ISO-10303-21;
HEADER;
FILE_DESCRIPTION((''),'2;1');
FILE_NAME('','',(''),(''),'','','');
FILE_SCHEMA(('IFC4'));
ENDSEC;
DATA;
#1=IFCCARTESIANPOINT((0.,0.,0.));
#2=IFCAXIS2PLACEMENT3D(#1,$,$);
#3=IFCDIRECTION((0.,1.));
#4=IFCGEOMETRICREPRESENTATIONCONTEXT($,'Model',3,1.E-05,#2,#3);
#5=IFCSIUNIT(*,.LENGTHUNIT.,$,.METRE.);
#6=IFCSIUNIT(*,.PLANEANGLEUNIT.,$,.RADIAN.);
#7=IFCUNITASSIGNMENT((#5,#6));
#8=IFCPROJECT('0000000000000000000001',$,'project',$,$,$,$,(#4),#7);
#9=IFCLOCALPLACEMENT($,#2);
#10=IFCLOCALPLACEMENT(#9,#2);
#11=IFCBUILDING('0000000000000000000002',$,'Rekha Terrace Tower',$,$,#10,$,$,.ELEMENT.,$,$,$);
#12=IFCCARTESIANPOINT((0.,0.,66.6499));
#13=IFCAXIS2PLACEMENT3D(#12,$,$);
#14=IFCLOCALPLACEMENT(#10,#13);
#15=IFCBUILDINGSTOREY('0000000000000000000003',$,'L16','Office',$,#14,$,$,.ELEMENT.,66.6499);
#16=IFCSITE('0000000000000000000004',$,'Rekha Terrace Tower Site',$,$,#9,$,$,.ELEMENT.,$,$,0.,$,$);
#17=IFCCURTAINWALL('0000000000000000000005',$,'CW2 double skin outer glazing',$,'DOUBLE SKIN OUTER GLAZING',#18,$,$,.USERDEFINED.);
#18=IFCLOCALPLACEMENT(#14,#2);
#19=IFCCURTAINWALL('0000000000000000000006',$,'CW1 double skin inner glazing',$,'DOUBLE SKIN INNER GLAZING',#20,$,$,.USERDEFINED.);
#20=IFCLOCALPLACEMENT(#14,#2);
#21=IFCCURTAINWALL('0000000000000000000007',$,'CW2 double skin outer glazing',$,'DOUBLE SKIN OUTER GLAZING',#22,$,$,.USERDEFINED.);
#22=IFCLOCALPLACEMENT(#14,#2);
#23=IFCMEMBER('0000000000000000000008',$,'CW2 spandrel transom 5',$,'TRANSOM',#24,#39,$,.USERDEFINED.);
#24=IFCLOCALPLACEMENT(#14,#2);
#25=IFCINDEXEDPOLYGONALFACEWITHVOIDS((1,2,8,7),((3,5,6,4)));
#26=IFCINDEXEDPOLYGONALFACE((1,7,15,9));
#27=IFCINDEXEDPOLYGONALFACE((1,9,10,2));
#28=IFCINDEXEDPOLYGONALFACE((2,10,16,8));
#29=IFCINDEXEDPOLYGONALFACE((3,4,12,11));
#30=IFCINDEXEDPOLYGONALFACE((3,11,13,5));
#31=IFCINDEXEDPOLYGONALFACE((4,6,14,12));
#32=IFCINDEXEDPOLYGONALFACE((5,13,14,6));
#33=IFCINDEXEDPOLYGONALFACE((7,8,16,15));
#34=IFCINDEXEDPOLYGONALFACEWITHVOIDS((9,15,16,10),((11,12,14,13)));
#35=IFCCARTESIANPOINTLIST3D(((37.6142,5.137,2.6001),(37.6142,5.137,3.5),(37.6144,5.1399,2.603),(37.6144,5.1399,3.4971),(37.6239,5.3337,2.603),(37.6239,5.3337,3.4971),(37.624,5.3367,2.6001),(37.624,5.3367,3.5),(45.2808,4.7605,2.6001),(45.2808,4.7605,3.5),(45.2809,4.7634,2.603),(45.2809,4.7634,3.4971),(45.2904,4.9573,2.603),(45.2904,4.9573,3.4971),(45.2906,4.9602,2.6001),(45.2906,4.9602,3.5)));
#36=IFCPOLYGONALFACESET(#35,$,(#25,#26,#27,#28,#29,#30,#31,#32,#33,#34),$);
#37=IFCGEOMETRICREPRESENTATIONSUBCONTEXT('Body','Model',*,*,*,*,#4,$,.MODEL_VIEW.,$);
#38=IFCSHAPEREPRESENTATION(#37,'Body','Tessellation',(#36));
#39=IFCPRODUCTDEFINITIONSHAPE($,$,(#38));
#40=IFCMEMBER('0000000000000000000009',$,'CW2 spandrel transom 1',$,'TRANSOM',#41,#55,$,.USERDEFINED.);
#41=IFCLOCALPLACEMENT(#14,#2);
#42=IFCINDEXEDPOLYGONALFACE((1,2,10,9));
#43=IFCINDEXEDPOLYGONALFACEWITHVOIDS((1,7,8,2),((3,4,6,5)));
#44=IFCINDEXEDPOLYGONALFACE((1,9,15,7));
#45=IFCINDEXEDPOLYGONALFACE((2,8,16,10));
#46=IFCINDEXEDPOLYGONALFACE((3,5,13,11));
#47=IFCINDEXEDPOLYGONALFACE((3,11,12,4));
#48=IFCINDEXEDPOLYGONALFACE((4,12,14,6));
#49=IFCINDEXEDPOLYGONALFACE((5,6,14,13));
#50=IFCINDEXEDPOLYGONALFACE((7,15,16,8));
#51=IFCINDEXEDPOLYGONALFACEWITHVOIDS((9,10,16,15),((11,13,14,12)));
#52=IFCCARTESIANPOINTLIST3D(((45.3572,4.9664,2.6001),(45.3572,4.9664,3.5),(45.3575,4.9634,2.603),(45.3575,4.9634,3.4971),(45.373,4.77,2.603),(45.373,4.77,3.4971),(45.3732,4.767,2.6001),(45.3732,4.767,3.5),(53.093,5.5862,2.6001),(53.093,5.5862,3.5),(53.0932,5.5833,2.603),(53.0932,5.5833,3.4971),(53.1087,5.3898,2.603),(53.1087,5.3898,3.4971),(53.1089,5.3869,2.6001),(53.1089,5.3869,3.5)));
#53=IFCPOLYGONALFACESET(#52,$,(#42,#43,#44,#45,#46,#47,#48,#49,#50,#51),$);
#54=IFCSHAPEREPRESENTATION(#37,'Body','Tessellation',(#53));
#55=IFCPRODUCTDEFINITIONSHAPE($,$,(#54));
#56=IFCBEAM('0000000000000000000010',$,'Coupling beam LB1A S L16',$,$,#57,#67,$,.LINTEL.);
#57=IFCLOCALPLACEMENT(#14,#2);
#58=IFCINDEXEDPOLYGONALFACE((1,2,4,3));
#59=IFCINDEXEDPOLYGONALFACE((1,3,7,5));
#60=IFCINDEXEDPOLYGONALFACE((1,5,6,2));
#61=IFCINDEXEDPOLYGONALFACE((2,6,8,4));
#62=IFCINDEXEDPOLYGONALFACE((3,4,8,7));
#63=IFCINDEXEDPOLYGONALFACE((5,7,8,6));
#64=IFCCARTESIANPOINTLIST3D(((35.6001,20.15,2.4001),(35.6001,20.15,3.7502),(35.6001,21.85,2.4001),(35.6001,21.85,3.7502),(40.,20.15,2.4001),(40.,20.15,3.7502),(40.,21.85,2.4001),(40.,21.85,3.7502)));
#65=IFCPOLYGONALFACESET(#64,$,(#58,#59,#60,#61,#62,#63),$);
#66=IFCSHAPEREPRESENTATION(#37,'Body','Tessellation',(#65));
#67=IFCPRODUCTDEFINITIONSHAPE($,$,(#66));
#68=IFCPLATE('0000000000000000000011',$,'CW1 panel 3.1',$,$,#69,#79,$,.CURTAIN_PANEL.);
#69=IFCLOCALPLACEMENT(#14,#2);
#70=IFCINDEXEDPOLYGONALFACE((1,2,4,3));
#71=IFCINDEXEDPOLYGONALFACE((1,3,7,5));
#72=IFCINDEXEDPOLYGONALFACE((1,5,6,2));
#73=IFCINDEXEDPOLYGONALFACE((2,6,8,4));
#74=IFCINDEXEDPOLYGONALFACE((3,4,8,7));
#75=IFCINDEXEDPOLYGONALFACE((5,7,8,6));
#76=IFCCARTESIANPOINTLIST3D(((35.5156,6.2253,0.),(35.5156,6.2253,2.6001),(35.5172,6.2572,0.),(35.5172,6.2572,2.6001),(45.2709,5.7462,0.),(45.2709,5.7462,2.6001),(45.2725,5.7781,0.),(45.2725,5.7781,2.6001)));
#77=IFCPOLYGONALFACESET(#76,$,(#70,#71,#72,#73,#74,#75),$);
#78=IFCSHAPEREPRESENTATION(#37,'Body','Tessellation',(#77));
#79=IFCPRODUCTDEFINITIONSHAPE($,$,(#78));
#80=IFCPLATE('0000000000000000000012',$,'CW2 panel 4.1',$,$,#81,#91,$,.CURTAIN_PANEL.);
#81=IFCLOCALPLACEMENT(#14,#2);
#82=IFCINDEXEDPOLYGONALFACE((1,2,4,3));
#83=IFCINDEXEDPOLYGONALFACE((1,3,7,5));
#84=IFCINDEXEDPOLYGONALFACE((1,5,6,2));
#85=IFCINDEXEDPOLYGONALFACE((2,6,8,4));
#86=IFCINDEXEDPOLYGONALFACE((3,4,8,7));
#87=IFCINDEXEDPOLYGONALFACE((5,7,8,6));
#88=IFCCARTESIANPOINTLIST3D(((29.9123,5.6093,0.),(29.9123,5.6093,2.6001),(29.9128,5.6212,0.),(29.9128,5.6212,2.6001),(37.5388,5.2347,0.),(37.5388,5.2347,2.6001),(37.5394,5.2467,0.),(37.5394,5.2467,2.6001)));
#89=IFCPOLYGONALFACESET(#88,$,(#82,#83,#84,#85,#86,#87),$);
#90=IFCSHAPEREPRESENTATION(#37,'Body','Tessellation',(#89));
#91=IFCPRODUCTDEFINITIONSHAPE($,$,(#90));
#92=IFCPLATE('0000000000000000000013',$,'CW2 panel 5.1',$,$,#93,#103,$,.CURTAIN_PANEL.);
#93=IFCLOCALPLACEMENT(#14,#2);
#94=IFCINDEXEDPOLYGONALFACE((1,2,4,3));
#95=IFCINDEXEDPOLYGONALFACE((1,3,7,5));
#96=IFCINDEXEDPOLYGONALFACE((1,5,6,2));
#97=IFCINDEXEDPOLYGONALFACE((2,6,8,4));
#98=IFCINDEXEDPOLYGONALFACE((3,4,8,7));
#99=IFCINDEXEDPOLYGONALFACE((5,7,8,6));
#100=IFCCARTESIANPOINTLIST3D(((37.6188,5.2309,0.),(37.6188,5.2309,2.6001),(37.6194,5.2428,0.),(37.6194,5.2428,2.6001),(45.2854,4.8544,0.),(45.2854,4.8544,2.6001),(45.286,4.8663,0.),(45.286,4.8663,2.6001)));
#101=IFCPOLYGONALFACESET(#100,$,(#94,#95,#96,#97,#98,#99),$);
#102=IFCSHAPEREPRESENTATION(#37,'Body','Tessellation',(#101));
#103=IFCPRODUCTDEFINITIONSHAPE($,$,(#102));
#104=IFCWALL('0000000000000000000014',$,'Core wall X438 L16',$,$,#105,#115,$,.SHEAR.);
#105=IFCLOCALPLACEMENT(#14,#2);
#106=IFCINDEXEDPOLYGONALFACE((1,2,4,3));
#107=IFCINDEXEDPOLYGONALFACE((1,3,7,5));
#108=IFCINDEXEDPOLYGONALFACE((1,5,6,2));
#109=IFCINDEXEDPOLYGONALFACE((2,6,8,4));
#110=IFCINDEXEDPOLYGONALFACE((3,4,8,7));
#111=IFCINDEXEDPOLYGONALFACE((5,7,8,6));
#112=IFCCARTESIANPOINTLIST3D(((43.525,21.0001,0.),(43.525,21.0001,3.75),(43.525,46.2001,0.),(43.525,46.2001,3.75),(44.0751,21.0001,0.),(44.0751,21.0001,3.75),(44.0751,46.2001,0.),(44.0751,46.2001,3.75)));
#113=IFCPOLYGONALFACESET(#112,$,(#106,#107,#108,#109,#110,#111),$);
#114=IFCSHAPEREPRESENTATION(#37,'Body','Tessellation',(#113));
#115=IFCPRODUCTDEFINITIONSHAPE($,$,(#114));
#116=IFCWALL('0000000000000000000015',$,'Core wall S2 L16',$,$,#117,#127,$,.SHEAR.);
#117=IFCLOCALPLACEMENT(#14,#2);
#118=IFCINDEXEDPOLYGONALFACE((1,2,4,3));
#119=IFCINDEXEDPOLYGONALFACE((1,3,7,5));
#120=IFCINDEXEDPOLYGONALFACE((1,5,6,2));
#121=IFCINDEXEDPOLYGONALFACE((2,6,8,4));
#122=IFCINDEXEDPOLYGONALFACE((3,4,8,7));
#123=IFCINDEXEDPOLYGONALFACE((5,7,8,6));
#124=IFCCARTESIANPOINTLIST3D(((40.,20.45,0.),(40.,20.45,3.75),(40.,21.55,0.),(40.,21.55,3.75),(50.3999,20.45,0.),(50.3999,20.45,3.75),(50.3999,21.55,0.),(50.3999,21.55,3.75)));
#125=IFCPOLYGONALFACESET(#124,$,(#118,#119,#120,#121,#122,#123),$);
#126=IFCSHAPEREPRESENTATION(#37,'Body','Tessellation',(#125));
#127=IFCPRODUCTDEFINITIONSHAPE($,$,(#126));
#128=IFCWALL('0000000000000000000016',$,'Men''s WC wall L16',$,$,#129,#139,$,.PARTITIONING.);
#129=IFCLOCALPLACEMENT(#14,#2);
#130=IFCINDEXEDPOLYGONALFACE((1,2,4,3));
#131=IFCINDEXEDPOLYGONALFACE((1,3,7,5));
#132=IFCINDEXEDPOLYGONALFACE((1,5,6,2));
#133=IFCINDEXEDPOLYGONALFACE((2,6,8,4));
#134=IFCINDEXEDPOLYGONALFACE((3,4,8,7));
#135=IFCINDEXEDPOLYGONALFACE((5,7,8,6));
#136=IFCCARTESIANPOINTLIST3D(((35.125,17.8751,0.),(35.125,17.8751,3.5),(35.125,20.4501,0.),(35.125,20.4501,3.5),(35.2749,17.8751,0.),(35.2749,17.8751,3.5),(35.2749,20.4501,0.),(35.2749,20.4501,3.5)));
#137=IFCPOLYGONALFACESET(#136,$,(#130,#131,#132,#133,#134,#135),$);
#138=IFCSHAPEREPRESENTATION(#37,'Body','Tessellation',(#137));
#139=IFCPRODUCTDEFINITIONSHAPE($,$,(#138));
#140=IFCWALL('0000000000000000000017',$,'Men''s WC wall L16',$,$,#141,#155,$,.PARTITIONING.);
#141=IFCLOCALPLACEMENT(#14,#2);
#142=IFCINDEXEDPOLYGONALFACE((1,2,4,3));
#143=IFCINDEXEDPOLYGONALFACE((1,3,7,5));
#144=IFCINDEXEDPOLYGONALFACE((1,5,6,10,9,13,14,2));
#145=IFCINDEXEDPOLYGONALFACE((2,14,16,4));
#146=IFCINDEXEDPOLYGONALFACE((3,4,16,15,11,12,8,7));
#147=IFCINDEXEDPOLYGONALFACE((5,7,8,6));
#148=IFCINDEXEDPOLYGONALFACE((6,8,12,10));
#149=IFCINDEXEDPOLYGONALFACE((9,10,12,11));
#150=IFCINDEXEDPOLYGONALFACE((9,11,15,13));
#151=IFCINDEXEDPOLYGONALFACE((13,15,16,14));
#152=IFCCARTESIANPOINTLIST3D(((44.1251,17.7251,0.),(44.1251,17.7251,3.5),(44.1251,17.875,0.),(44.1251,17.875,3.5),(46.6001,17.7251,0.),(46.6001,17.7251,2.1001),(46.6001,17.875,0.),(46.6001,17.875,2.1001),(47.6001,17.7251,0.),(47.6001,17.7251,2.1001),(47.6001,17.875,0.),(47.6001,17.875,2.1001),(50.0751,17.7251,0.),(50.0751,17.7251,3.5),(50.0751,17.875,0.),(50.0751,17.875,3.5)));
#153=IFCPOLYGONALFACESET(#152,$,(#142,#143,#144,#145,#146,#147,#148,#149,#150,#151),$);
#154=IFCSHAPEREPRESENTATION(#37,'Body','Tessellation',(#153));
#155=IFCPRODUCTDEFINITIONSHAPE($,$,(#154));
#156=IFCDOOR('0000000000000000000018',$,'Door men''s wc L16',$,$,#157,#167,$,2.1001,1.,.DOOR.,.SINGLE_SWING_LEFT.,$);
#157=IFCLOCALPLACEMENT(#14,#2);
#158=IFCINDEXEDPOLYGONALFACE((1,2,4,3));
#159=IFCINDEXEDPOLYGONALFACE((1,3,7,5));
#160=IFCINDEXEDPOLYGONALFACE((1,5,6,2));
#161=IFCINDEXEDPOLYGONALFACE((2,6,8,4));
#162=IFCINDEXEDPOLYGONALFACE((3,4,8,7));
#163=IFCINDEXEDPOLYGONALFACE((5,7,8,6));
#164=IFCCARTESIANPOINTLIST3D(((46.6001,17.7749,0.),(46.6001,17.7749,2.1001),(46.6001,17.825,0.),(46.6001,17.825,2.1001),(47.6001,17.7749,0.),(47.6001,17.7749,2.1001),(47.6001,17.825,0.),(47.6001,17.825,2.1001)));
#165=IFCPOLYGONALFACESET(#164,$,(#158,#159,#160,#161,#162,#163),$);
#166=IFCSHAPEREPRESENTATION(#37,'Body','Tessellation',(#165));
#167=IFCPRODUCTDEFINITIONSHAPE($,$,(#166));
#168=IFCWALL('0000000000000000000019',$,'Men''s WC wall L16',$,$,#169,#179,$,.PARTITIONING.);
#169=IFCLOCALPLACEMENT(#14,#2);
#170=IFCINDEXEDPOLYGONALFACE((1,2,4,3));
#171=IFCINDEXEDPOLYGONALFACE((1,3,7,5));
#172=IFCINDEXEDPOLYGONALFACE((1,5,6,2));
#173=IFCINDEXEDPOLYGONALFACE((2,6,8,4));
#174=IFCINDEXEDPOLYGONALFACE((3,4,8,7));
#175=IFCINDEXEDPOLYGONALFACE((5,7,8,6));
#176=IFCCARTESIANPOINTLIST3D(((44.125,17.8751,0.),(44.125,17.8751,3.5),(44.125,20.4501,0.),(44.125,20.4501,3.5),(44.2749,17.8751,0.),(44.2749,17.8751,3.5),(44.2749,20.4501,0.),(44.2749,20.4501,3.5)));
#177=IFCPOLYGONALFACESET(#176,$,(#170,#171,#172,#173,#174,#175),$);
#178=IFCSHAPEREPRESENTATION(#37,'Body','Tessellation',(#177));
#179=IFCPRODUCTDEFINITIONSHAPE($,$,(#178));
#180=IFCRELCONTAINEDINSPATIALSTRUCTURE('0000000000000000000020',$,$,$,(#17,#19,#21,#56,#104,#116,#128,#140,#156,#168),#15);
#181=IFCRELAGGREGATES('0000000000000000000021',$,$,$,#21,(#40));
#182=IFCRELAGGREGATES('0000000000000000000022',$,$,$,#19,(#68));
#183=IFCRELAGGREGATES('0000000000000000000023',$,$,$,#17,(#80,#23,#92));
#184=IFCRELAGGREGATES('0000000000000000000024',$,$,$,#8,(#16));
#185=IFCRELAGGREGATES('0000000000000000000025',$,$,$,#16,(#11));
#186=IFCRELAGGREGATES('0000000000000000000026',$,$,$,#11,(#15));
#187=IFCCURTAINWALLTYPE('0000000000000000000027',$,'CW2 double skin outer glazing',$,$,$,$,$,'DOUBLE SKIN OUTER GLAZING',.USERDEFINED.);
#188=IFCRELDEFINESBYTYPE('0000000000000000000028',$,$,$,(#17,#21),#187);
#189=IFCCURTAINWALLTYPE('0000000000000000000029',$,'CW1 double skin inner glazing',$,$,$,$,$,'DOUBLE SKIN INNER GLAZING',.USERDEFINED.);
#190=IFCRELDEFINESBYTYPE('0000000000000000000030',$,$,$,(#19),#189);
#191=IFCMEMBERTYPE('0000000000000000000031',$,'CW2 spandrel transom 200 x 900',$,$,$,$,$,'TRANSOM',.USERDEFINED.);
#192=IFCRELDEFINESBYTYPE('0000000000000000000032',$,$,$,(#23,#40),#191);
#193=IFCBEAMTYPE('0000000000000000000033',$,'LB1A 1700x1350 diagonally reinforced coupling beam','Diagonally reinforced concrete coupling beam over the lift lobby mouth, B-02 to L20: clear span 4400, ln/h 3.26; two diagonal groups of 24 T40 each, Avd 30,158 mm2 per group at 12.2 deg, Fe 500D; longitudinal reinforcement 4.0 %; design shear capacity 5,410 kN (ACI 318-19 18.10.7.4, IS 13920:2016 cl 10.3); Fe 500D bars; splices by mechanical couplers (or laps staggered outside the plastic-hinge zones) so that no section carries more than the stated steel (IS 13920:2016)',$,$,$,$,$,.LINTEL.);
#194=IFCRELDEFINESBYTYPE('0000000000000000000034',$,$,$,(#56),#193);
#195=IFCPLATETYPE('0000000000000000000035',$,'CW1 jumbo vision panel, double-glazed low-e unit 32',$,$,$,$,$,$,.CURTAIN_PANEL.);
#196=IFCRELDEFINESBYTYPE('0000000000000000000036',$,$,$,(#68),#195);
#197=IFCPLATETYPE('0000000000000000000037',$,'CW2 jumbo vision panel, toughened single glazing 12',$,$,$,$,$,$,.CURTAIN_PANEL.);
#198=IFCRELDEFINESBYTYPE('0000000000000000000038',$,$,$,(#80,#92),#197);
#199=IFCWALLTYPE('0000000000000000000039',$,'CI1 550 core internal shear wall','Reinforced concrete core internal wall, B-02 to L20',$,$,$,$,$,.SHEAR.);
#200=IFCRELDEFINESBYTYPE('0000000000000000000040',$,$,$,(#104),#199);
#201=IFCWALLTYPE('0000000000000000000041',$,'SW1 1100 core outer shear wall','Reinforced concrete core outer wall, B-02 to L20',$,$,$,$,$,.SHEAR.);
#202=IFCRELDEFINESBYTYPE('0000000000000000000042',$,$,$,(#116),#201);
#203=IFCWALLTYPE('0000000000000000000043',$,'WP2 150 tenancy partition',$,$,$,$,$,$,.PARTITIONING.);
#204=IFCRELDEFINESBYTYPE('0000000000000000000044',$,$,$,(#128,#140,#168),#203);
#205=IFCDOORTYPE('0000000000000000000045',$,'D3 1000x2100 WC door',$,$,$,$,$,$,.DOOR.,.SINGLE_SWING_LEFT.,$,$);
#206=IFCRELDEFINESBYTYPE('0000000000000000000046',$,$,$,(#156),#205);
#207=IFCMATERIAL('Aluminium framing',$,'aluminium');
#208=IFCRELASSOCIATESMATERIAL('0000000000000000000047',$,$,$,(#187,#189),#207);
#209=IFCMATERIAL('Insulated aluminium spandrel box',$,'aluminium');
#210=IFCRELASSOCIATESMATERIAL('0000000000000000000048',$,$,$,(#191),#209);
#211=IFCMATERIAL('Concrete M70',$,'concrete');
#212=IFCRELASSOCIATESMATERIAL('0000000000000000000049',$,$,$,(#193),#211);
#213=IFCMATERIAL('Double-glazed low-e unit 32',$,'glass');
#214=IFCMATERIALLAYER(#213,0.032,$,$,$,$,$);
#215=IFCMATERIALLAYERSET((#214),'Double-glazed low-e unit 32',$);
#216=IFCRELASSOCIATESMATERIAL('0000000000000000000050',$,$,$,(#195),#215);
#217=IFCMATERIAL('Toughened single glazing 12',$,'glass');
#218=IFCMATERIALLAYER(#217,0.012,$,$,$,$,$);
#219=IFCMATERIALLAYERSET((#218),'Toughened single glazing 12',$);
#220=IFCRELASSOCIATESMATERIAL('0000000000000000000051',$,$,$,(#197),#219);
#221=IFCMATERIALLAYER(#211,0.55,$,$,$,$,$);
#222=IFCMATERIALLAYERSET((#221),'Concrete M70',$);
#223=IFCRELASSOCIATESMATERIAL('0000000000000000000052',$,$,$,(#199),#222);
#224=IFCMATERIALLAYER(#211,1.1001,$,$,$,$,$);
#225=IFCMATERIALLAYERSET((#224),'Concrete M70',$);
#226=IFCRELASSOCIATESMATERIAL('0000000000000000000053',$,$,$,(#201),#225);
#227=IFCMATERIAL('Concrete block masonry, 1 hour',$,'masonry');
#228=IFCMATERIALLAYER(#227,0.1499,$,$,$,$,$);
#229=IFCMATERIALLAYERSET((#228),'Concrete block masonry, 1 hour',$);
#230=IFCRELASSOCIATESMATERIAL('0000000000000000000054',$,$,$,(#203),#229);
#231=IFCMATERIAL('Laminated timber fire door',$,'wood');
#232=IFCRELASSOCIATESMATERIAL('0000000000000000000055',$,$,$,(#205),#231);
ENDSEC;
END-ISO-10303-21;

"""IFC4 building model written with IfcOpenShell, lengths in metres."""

from ifc_helpers import new_model, si_unit, direction, frame, frame_2d, origin, origin_2d, place, context, subcontext, project, spatial, rectangle, hollow_rectangle, extrude, material, layer, layer_set, material_profile, profile_set, type_object, element, fill, aggregate, save


model = new_model("IFC4")

# Units and contexts
model_context = context("Model", 3, precision=1e-05, world=origin(), true_north=direction((0.0, 1.0)))
body_context = subcontext(model_context, "Body", "Model", "MODEL_VIEW")
ifc_project = project(units=[si_unit("LENGTHUNIT", "METRE"), si_unit("PLANEANGLEUNIT", "RADIAN")], contexts=[model_context])

# Site, building, storey
site_placement = place(None, origin())
site = spatial("IfcSite", under=ifc_project, at=site_placement, Name="Rekha Terrace Tower Site", CompositionType="ELEMENT", RefElevation=0.0)
building_placement = place(site_placement, origin())
building = spatial("IfcBuilding", under=site, at=building_placement, Name="Rekha Terrace Tower", CompositionType="ELEMENT")
storey_placement = place(building_placement, frame((0.0, 0.0, 66.6499)))
storey = spatial("IfcBuildingStorey", under=building, at=storey_placement, Name="L16", Description="Office", CompositionType="ELEMENT", Elevation=66.6499)

# Shared definitions
ifc_material_1 = material(Name="Concrete M70", Category="concrete")

# Curtain walls
ifc_material_2 = material(Name="Aluminium framing", Category="aluminium")
curtain_wall_type_1 = type_object("IfcCurtainWallType", Name="CW2 double skin outer glazing", ElementType="DOUBLE SKIN OUTER GLAZING", PredefinedType="USERDEFINED", material=ifc_material_2)
curtain_wall_1_placement = place(storey_placement, origin())
curtain_wall_1 = element("IfcCurtainWall", 1, at=curtain_wall_1_placement, inside=storey, type_object=curtain_wall_type_1, Name="CW2 double skin outer glazing", ObjectType="DOUBLE SKIN OUTER GLAZING", PredefinedType="USERDEFINED")
curtain_wall_type_2 = type_object("IfcCurtainWallType", Name="CW1 double skin inner glazing", ElementType="DOUBLE SKIN INNER GLAZING", PredefinedType="USERDEFINED", material=ifc_material_2)
curtain_wall_2_placement = place(storey_placement, origin())
curtain_wall_2 = element("IfcCurtainWall", 2, at=curtain_wall_2_placement, inside=storey, type_object=curtain_wall_type_2, Name="CW1 double skin inner glazing", ObjectType="DOUBLE SKIN INNER GLAZING", PredefinedType="USERDEFINED")

# Shared definitions
ifc_material_3 = material(Name="Insulated aluminium spandrel box", Category="aluminium")

# Curtain wall
curtain_wall_3_placement = place(storey_placement, origin())
curtain_wall_3 = element("IfcCurtainWall", 3, at=curtain_wall_3_placement, inside=storey, type_object=curtain_wall_type_1, Name="CW2 double skin outer glazing", ObjectType="DOUBLE SKIN OUTER GLAZING", PredefinedType="USERDEFINED")

# Members
ifc_material_profile_1 = material_profile(ifc_material_3, hollow_rectangle(XDim=0.2, YDim=0.8999, WallThickness=0.0029, at=origin_2d()), Name="AL SPANDREL BOX 200x900")
ifc_profile_set_1 = profile_set([ifc_material_profile_1], Name="Insulated aluminium spandrel box")
member_type_1 = type_object("IfcMemberType", Name="CW2 spandrel transom 200 x 900", ElementType="TRANSOM", PredefinedType="USERDEFINED", material=ifc_profile_set_1)
member_1_placement = place(storey_placement, frame((37.6191, 5.2368, 3.05), z_axis=(0.998797, -0.049046, 0.0), x_axis=(0.049046, 0.998797, 0.0)))
member_1 = element("IfcMember", 4, at=member_1_placement, type_object=member_type_1, Name="CW2 spandrel transom 5", ObjectType="TRANSOM", PredefinedType="USERDEFINED", context=body_context, shape_type="SweptSolid", body=[
    extrude(hollow_rectangle(XDim=0.2, YDim=0.8999, WallThickness=0.0029, at=origin_2d()), origin(), (0.0, 0.0, 1.0), 7.6758),
])
member_2_placement = place(storey_placement, frame((45.3652, 4.8667, 3.05), z_axis=(0.996805, 0.079877, 0.0), x_axis=(-0.079877, 0.996805, 0.0)))
member_2 = element("IfcMember", 5, at=member_2_placement, type_object=member_type_1, Name="CW2 spandrel transom 1", ObjectType="TRANSOM", PredefinedType="USERDEFINED", context=body_context, shape_type="SweptSolid", body=[
    extrude(hollow_rectangle(XDim=0.2, YDim=0.8999, WallThickness=0.0029, at=origin_2d()), origin(), (0.0, 0.0, 1.0), 7.7605),
])
aggregate(curtain_wall_3, [member_2])

# Beam
ifc_material_profile_2 = material_profile(ifc_material_1, rectangle(XDim=1.7, YDim=1.3501, at=origin_2d()), Name="RC 1700x1350")
ifc_profile_set_2 = profile_set([ifc_material_profile_2], Name="Concrete M70")
beam_type = type_object("IfcBeamType", Name="LB1A 1700x1350 diagonally reinforced coupling beam", Description="Diagonally reinforced concrete coupling beam over the lift lobby mouth, B-02 to L20: clear span 4400, ln/h 3.26; two diagonal groups of 24 T40 each, Avd 30,158 mm2 per group at 12.2 deg, Fe 500D; longitudinal reinforcement 4.0 %; design shear capacity 5,410 kN (ACI 318-19 18.10.7.4, IS 13920:2016 cl 10.3); Fe 500D bars; splices by mechanical couplers (or laps staggered outside the plastic-hinge zones) so that no section carries more than the stated steel (IS 13920:2016)", PredefinedType="LINTEL", material=ifc_profile_set_2)
beam_placement = place(storey_placement, frame((35.6001, 21.0, 3.0752), z_axis=(1.0, 0.0, 0.0), x_axis=(0.0, 1.0, 0.0)))
element("IfcBeam", 6, at=beam_placement, inside=storey, type_object=beam_type, Name="Coupling beam LB1A S L16", PredefinedType="LINTEL", context=body_context, shape_type="SweptSolid", body=[
    extrude(rectangle(XDim=1.7, YDim=1.3501, at=origin_2d()), origin(), (0.0, 0.0, 1.0), 4.3999),
])

# Plates
ifc_material_4 = material(Name="Double-glazed low-e unit 32", Category="glass")
ifc_layer_1 = layer(ifc_material_4, 0.032)
ifc_layer_set_1 = layer_set([ifc_layer_1], Name="Double-glazed low-e unit 32")
plate_type_1 = type_object("IfcPlateType", Name="CW1 jumbo vision panel, double-glazed low-e unit 32", PredefinedType="CURTAIN_PANEL", material=ifc_layer_set_1)
plate_1_placement = place(storey_placement, frame((40.394, 6.0017, 0.0), z_axis=(0.0, 0.0, 1.0), x_axis=(0.998796, -0.049052, 0.0)))
plate_1 = element("IfcPlate", 7, at=plate_1_placement, type_object=plate_type_1, Name="CW1 panel 3.1", PredefinedType="CURTAIN_PANEL", context=body_context, shape_type="SweptSolid", body=[
    extrude(rectangle(XDim=9.7671, YDim=0.032, at=origin_2d()), origin(), (0.0, 0.0, 1.0), 2.6001),
])
aggregate(curtain_wall_2, [plate_1])
ifc_material_5 = material(Name="Toughened single glazing 12", Category="glass")
ifc_layer_2 = layer(ifc_material_5, 0.012)
ifc_layer_set_2 = layer_set([ifc_layer_2], Name="Toughened single glazing 12")
plate_type_2 = type_object("IfcPlateType", Name="CW2 jumbo vision panel, toughened single glazing 12", PredefinedType="CURTAIN_PANEL", material=ifc_layer_set_2)
plate_2_placement = place(storey_placement, frame((33.7258, 5.428, 0.0), z_axis=(0.0, 0.0, 1.0), x_axis=(0.998796, -0.049052, 0.0)))
plate_2 = element("IfcPlate", 8, at=plate_2_placement, type_object=plate_type_2, Name="CW2 panel 4.1", PredefinedType="CURTAIN_PANEL", context=body_context, shape_type="SweptSolid", body=[
    extrude(rectangle(XDim=7.6357, YDim=0.012, at=origin_2d()), origin(), (0.0, 0.0, 1.0), 2.6001),
])
plate_3_placement = place(storey_placement, frame((41.4524, 5.0486, 0.0), z_axis=(0.0, 0.0, 1.0), x_axis=(0.998796, -0.049052, 0.0)))
plate_3 = element("IfcPlate", 9, at=plate_3_placement, type_object=plate_type_2, Name="CW2 panel 5.1", PredefinedType="CURTAIN_PANEL", context=body_context, shape_type="SweptSolid", body=[
    extrude(rectangle(XDim=7.6758, YDim=0.012, at=origin_2d()), origin(), (0.0, 0.0, 1.0), 2.6001),
])
aggregate(curtain_wall_1, [plate_2, member_1, plate_3])

# Walls
ifc_layer_3 = layer(ifc_material_1, 0.55)
ifc_layer_set_3 = layer_set([ifc_layer_3], Name="Concrete M70")
wall_type_1 = type_object("IfcWallType", Name="CI1 550 core internal shear wall", Description="Reinforced concrete core internal wall, B-02 to L20", PredefinedType="SHEAR", material=ifc_layer_set_3)
wall_1_placement = place(storey_placement, frame((43.8, 21.0, 0.0), z_axis=(0.0, 0.0, 1.0), x_axis=(0.0, 1.0, 0.0)))
element("IfcWall", 10, at=wall_1_placement, inside=storey, type_object=wall_type_1, Name="Core wall X438 L16", PredefinedType="SHEAR", context=body_context, shape_type="SweptSolid", body=[
    extrude(rectangle(XDim=25.2, YDim=0.55, at=frame_2d((12.6001, 0.0))), origin(), (0.0, 0.0, 1.0), 3.75),
])
ifc_layer_4 = layer(ifc_material_1, 1.1001)
ifc_layer_set_4 = layer_set([ifc_layer_4], Name="Concrete M70")
wall_type_2 = type_object("IfcWallType", Name="SW1 1100 core outer shear wall", Description="Reinforced concrete core outer wall, B-02 to L20", PredefinedType="SHEAR", material=ifc_layer_set_4)
wall_2_placement = place(storey_placement, frame((40.0, 21.0, 0.0), z_axis=(0.0, 0.0, 1.0), x_axis=(1.0, 0.0, 0.0)))
element("IfcWall", 11, at=wall_2_placement, inside=storey, type_object=wall_type_2, Name="Core wall S2 L16", PredefinedType="SHEAR", context=body_context, shape_type="SweptSolid", body=[
    extrude(rectangle(XDim=10.3999, YDim=1.1001, at=frame_2d((5.2, 0.0))), origin(), (0.0, 0.0, 1.0), 3.75),
])
ifc_material_6 = material(Name="Concrete block masonry, 1 hour", Category="masonry")
ifc_layer_5 = layer(ifc_material_6, 0.1499)
ifc_layer_set_5 = layer_set([ifc_layer_5], Name="Concrete block masonry, 1 hour")
wall_type_3 = type_object("IfcWallType", Name="WP2 150 tenancy partition", PredefinedType="PARTITIONING", material=ifc_layer_set_5)
wall_3_placement = place(storey_placement, frame((35.2, 17.875, 0.0), z_axis=(0.0, 0.0, 1.0), x_axis=(0.0, 1.0, 0.0)))
element("IfcWall", 12, at=wall_3_placement, inside=storey, type_object=wall_type_3, Name="Men's WC wall L16", PredefinedType="PARTITIONING", context=body_context, shape_type="SweptSolid", body=[
    extrude(rectangle(XDim=2.575, YDim=0.1499, at=frame_2d((1.2876, 0.0))), origin(), (0.0, 0.0, 1.0), 3.5),
])

# Wall, opening, door
wall_4_placement = place(storey_placement, frame((44.125, 17.8, 0.0), z_axis=(0.0, 0.0, 1.0), x_axis=(1.0, 0.0, 0.0)))
wall_4 = element("IfcWall", 13, at=wall_4_placement, inside=storey, type_object=wall_type_3, Name="Men's WC wall L16", PredefinedType="PARTITIONING", context=body_context, shape_type="SweptSolid", body=[
    extrude(rectangle(XDim=5.95, YDim=0.1499, at=frame_2d((2.9751, 0.0))), origin(), (0.0, 0.0, 1.0), 3.5),
])
opening_1_placement = place(wall_4_placement, frame((2.4751, 0.0, 0.0)))
opening_1 = element("IfcOpeningElement", 14, at=opening_1_placement, cuts=wall_4, PredefinedType="OPENING", context=body_context, shape_type="SweptSolid", body=[
    extrude(rectangle(XDim=1.0, YDim=2.1001, at=frame_2d((0.5, 1.05))), frame((0.0, 0.085, 0.0), z_axis=(0.0, -1.0, 0.0), x_axis=(1.0, 0.0, 0.0)), (0.0, 0.0, 1.0), 0.1699),
])
ifc_material_7 = material(Name="Laminated timber fire door", Category="wood")
door_type_1 = type_object("IfcDoorType", Name="D3 1000x2100 WC door", OperationType="SINGLE_SWING_LEFT", PredefinedType="DOOR", material=ifc_material_7)
door_1_placement = place(opening_1_placement, origin())
door_1 = element("IfcDoor", 15, at=door_1_placement, inside=storey, type_object=door_type_1, Name="Door men's wc L16", OperationType="SINGLE_SWING_LEFT", OverallHeight=2.1001, OverallWidth=1.0, PredefinedType="DOOR", context=body_context, shape_type="SweptSolid", body=[
    extrude(rectangle(XDim=1.0, YDim=2.1001, at=frame_2d((0.5, 1.05))), frame((0.0, 0.0249, 0.0), z_axis=(0.0, -1.0, 0.0), x_axis=(1.0, 0.0, 0.0)), (0.0, 0.0, 1.0), 0.05),
])
fill(opening_1, door_1)

# Wall
wall_5_placement = place(storey_placement, frame((44.2, 17.875, 0.0), z_axis=(0.0, 0.0, 1.0), x_axis=(0.0, 1.0, 0.0)))
element("IfcWall", 16, at=wall_5_placement, inside=storey, type_object=wall_type_3, Name="Men's WC wall L16", PredefinedType="PARTITIONING", context=body_context, shape_type="SweptSolid", body=[
    extrude(rectangle(XDim=2.575, YDim=0.1499, at=frame_2d((1.2876, 0.0))), origin(), (0.0, 0.0, 1.0), 3.5),
])

save(model, "model.ifc")
